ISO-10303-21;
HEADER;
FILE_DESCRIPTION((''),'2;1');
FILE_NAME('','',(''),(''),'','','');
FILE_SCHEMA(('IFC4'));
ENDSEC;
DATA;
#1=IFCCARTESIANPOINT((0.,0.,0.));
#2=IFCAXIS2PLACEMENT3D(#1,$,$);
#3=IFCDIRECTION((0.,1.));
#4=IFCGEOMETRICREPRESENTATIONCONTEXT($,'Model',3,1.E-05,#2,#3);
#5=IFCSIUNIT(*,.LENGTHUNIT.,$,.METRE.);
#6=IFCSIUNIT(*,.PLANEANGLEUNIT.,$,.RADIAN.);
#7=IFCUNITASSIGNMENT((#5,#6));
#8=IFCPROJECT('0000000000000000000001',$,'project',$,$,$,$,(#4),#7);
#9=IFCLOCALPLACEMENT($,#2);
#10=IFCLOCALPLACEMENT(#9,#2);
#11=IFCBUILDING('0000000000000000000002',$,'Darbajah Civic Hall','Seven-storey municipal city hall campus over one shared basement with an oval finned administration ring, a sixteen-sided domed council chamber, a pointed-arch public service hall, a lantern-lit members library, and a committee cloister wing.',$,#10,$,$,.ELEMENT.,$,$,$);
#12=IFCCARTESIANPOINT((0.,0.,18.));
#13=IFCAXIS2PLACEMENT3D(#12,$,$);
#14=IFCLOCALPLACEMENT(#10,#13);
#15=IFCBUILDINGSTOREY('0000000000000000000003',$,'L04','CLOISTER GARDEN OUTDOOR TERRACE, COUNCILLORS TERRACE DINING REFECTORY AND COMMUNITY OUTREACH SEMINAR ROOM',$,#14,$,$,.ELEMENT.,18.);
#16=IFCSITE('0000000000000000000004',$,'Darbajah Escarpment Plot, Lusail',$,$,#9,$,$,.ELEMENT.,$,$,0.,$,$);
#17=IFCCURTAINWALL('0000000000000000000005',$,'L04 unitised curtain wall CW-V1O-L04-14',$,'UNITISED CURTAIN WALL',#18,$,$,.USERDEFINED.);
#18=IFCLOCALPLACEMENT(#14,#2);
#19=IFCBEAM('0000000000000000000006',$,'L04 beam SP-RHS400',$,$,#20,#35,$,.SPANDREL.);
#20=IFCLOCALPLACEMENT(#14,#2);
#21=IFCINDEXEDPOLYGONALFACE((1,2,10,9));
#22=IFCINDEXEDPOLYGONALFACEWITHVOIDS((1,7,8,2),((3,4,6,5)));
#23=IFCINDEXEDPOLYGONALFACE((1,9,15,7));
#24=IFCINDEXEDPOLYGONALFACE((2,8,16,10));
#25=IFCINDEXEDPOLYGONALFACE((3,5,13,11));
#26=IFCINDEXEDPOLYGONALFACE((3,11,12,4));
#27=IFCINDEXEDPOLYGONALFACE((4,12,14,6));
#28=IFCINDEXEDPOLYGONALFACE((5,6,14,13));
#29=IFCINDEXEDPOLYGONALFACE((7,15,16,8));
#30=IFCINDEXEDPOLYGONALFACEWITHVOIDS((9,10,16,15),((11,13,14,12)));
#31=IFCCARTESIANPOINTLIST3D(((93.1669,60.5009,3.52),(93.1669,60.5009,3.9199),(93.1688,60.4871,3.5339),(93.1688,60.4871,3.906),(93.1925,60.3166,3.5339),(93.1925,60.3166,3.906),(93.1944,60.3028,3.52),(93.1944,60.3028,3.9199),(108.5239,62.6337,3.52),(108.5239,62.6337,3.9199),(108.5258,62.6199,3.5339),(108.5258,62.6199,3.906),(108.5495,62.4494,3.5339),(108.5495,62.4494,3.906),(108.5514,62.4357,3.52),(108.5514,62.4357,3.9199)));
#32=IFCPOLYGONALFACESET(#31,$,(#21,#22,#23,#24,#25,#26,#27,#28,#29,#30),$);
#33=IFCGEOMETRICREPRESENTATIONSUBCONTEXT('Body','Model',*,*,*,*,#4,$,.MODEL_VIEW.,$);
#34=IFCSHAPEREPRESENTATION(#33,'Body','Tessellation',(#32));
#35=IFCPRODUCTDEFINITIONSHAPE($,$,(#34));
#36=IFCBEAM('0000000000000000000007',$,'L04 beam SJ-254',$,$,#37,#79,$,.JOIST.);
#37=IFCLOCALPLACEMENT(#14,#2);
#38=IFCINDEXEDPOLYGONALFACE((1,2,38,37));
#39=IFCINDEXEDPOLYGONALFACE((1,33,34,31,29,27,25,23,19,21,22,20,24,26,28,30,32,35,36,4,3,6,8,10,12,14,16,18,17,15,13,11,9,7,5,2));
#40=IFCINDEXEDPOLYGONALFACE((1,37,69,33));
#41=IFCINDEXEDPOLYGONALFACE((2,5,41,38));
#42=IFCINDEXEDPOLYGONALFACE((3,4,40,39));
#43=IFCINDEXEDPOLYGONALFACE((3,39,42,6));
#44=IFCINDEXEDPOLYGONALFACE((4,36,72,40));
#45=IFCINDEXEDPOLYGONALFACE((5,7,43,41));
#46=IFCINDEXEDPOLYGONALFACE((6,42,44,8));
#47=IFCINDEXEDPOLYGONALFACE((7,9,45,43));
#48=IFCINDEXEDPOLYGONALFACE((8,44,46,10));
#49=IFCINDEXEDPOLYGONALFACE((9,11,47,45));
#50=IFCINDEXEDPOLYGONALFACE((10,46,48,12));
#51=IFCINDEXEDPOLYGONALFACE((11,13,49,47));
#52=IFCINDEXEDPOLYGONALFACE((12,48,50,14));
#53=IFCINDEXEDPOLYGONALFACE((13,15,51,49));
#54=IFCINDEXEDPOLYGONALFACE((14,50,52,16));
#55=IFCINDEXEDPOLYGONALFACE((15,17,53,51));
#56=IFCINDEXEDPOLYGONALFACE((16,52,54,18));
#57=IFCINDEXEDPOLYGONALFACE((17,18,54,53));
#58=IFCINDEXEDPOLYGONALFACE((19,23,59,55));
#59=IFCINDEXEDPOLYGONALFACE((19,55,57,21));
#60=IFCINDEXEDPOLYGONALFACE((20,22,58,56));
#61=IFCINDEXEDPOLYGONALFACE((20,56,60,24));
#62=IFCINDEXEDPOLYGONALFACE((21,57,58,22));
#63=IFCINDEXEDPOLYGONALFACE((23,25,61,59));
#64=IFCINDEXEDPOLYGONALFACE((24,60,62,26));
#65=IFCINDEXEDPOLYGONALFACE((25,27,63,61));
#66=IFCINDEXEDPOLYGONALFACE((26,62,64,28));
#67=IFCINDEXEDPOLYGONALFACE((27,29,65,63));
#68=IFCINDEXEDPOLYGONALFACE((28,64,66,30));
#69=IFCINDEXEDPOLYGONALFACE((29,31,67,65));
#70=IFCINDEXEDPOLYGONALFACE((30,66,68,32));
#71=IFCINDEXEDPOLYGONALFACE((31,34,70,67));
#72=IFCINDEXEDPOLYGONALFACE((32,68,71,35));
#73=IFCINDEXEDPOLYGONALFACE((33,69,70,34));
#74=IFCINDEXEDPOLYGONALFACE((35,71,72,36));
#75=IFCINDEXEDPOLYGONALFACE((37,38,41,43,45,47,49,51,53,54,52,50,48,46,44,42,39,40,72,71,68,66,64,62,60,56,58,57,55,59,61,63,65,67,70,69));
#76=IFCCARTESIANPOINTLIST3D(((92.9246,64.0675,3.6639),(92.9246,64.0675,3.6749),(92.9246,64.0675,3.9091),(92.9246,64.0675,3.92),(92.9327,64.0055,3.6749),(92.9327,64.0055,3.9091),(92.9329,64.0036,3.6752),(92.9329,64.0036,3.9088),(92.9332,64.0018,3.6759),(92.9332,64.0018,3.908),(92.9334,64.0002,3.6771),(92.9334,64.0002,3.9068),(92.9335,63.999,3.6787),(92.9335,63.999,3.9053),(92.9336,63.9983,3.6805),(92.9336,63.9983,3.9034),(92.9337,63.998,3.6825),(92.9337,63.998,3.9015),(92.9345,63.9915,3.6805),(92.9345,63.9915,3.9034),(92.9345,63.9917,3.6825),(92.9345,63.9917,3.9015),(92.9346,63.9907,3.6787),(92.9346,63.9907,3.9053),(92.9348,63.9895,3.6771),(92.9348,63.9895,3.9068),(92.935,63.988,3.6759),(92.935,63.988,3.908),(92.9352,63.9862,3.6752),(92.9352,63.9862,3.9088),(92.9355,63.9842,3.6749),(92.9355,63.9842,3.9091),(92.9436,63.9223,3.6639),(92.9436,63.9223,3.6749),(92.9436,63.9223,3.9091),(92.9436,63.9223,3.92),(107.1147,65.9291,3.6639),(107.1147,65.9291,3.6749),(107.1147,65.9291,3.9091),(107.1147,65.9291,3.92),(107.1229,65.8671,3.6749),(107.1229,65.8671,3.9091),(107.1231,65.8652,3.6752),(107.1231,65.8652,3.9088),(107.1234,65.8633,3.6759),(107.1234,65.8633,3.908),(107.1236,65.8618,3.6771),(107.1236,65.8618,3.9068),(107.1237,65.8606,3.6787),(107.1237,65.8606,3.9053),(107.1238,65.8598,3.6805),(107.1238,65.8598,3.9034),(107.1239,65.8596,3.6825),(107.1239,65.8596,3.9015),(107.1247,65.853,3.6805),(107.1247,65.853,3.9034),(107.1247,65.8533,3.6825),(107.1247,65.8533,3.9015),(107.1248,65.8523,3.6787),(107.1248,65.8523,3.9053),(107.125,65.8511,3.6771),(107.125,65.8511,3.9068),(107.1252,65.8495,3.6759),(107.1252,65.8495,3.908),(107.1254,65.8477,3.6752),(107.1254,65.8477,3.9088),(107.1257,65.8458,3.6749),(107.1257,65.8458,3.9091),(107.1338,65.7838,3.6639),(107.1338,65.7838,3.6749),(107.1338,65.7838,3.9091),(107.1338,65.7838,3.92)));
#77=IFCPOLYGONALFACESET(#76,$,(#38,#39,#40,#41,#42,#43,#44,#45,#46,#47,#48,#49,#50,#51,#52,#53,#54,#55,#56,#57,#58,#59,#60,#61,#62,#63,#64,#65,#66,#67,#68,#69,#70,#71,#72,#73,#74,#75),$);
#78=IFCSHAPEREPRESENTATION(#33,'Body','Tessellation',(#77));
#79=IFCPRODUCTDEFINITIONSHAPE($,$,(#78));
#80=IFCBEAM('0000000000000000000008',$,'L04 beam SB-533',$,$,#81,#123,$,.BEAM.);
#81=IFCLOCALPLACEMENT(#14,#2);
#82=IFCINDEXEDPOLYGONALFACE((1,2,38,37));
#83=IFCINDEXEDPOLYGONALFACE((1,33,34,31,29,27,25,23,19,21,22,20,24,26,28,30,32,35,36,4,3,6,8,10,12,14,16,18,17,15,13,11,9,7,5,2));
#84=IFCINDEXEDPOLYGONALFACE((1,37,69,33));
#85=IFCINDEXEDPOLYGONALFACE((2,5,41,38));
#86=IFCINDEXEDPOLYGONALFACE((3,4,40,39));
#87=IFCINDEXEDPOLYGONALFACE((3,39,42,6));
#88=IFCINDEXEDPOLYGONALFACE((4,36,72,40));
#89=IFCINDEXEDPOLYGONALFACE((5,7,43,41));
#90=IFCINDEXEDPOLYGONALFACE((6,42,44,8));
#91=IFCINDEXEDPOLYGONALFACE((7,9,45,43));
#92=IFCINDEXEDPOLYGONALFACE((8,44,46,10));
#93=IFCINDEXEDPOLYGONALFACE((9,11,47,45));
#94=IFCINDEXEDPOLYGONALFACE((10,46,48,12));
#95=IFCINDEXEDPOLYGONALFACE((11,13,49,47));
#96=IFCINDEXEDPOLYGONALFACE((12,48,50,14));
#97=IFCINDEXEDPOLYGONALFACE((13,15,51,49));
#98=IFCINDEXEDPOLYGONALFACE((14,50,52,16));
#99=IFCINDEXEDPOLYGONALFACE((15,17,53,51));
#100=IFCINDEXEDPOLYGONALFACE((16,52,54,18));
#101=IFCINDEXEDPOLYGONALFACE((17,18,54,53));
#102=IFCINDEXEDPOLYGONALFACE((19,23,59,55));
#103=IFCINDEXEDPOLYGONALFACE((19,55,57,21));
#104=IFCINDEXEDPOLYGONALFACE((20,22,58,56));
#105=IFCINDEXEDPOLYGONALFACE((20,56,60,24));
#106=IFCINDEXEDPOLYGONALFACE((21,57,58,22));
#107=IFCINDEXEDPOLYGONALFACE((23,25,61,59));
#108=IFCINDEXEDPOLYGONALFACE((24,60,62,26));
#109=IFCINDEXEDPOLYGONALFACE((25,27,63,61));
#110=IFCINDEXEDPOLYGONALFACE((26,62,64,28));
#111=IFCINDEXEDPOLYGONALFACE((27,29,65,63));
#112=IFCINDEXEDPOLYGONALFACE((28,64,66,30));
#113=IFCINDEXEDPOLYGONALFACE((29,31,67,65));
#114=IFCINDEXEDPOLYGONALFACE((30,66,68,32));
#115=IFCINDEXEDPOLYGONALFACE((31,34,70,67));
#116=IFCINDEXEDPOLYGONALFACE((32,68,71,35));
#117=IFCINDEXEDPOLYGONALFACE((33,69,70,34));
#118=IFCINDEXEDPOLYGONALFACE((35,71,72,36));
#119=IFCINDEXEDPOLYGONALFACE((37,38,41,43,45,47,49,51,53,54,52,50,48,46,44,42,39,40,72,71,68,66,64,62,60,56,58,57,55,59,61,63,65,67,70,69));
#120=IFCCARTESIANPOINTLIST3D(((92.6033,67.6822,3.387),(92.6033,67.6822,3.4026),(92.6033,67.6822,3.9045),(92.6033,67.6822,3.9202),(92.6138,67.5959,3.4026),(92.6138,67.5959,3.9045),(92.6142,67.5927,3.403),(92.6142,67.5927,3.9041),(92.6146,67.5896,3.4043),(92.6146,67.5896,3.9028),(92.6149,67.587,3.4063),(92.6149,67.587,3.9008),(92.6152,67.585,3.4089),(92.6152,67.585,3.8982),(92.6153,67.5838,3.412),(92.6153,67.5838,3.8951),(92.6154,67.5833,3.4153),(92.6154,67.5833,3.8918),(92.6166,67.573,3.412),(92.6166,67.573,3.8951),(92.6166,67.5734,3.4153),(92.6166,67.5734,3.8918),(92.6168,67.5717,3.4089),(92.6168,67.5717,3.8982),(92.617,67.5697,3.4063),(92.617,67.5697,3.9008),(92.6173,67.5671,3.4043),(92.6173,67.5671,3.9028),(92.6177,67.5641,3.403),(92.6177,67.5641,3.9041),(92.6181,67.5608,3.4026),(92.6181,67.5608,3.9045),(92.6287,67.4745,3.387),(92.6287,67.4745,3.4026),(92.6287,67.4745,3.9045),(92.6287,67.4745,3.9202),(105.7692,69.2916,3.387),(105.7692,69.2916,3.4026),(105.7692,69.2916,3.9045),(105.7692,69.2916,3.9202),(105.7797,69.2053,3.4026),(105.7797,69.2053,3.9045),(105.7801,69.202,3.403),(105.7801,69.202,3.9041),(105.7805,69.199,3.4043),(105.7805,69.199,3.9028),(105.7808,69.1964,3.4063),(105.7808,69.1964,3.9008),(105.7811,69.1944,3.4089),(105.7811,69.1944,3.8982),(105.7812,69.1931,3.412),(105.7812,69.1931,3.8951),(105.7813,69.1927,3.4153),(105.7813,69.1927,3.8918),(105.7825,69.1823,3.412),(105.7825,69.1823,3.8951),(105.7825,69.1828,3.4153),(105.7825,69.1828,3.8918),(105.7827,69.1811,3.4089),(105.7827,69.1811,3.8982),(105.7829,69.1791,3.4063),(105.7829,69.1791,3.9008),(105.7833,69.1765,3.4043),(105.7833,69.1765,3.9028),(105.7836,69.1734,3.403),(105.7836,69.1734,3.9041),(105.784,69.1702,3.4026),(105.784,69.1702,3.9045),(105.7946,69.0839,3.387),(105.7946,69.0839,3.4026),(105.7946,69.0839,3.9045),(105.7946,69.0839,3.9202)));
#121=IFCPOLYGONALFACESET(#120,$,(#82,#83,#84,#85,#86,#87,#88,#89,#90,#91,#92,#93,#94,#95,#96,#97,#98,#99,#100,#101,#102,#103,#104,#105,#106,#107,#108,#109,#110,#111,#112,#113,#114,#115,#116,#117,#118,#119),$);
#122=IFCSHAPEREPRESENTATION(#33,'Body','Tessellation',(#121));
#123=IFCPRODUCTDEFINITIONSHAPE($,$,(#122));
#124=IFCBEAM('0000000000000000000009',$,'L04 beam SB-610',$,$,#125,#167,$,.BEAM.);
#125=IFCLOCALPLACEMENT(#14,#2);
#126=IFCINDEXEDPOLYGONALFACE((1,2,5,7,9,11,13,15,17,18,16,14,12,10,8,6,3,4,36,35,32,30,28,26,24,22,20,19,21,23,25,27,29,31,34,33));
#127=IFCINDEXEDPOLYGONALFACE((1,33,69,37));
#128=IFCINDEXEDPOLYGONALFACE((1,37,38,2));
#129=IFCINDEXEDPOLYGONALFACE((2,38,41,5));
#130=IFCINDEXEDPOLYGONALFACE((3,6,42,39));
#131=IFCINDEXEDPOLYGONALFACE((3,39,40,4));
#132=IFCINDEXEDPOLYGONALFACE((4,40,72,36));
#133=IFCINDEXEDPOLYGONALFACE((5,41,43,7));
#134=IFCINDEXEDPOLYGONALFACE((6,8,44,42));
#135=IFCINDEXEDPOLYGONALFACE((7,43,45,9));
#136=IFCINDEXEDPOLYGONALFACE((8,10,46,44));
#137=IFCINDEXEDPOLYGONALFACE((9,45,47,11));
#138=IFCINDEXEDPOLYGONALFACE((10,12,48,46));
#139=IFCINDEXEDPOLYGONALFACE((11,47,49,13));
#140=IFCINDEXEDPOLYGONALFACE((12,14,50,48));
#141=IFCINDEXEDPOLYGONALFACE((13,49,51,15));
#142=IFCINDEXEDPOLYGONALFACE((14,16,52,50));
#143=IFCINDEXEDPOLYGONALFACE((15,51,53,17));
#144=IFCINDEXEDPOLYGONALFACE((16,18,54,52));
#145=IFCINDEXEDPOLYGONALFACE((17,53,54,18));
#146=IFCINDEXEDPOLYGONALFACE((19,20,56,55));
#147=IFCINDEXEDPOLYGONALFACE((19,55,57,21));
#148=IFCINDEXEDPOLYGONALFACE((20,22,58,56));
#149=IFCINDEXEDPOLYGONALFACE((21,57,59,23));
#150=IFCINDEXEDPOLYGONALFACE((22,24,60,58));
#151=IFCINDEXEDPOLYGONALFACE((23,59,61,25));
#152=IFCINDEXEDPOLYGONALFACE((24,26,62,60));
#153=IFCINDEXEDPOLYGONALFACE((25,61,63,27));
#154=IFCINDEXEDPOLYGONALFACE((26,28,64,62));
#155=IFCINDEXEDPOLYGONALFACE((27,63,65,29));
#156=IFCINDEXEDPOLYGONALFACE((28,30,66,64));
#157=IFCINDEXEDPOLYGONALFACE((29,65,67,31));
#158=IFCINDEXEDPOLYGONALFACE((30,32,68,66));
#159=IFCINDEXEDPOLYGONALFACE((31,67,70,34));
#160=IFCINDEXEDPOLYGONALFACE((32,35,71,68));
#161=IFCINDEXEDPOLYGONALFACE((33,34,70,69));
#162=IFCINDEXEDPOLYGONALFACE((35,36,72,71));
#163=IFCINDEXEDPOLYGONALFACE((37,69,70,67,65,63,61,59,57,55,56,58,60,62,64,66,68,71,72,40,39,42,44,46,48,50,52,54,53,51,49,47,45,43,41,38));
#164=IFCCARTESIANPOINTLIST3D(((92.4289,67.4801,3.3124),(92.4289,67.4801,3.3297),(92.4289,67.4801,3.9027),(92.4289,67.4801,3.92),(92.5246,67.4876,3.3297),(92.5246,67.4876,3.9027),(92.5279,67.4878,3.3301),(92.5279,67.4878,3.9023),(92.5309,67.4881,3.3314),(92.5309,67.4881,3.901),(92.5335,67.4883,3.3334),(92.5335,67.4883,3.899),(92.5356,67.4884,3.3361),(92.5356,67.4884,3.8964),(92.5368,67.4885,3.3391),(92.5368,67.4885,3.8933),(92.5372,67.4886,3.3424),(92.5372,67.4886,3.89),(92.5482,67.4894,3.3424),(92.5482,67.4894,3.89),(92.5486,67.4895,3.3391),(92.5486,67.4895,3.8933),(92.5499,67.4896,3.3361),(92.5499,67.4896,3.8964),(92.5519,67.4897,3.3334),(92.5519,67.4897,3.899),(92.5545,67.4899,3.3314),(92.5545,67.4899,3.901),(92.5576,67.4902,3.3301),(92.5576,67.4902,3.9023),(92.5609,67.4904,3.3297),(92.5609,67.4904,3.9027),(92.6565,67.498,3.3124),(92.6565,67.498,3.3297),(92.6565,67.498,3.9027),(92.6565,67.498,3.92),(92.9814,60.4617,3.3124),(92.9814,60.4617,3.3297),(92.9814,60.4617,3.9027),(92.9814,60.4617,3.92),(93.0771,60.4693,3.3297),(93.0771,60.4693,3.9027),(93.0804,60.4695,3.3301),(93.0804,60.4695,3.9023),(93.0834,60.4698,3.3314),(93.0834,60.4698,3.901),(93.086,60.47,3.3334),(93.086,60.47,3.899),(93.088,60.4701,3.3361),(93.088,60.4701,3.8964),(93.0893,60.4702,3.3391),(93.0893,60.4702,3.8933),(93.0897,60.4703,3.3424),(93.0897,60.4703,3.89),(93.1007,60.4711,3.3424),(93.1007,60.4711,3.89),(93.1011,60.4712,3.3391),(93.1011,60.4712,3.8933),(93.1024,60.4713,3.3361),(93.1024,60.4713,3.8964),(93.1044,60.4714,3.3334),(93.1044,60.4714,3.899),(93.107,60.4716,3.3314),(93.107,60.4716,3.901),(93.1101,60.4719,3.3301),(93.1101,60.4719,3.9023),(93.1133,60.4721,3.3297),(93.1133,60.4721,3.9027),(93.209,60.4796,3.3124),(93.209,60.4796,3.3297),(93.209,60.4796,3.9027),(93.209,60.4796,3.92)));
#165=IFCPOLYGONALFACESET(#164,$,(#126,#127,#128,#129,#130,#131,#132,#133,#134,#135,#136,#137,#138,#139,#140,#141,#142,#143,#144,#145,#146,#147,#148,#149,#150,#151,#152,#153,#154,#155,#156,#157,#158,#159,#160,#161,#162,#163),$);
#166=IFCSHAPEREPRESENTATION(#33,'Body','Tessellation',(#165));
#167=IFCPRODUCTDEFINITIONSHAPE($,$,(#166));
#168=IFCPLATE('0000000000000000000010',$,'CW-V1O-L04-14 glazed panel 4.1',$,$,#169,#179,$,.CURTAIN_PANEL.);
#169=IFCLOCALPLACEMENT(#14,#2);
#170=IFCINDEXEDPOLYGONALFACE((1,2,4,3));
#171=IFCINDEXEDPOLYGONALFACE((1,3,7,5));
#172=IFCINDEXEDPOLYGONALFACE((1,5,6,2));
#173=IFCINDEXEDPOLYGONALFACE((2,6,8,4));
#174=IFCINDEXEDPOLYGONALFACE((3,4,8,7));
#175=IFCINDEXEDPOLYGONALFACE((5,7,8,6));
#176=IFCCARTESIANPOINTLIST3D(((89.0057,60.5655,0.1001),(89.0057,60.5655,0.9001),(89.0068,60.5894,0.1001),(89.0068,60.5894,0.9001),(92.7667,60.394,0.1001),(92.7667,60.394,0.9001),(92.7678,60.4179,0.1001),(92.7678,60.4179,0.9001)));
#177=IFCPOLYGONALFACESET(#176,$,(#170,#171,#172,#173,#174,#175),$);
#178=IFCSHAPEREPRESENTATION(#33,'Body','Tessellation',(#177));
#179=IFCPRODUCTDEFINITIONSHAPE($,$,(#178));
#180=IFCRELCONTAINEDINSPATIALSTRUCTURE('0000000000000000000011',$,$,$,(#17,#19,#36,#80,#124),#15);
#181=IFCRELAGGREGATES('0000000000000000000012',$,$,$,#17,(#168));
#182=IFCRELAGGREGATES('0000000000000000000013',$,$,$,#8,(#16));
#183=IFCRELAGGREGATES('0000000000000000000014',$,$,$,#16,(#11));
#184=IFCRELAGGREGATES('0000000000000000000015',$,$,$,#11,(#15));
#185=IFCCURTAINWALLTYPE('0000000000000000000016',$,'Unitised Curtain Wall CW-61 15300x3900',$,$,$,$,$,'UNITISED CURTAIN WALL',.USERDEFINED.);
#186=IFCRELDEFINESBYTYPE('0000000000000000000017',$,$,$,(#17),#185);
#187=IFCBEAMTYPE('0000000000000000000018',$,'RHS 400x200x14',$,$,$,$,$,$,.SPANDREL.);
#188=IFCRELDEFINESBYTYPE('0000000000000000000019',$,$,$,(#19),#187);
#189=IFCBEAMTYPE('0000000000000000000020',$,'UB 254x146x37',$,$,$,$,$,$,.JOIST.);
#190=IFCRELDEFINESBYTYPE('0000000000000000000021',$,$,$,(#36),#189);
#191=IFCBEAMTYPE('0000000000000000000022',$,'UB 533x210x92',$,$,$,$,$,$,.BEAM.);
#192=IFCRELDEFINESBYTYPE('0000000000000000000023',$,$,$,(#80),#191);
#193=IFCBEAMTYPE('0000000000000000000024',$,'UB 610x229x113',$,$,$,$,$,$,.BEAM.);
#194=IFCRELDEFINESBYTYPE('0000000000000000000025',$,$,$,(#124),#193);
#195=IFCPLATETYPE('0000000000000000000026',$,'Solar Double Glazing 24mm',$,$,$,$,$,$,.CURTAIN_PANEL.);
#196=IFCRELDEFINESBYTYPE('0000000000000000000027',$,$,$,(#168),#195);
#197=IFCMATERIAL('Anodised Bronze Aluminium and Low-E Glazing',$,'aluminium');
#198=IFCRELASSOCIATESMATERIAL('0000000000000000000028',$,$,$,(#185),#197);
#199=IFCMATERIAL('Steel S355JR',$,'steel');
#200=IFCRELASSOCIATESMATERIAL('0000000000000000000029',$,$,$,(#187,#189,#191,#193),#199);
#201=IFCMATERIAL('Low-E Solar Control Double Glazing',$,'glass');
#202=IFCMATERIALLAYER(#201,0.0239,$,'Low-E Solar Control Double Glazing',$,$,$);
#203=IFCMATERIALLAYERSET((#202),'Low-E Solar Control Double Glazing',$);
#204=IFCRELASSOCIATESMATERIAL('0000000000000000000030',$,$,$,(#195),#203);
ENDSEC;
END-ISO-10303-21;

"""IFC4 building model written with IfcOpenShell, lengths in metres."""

from ifc_helpers import new_model, si_unit, direction, frame, origin, origin_2d, place, context, subcontext, project, spatial, rectangle, hollow_rectangle, i_section, extrude, material, layer, layer_set, material_profile, profile_set, type_object, element, aggregate, save


model = new_model("IFC4")

# Units and contexts
model_context = context("Model", 3, precision=1e-05, world=origin(), true_north=direction((0.0, 1.0)))
body_context = subcontext(model_context, "Body", "Model", "MODEL_VIEW")
ifc_project = project(units=[si_unit("LENGTHUNIT", "METRE"), si_unit("PLANEANGLEUNIT", "RADIAN")], contexts=[model_context])

# Site, building, storey
site_placement = place(None, origin())
site = spatial("IfcSite", under=ifc_project, at=site_placement, Name="Darbajah Escarpment Plot, Lusail", CompositionType="ELEMENT", RefElevation=0.0)
building_placement = place(site_placement, origin())
building = spatial("IfcBuilding", under=site, at=building_placement, Name="Darbajah Civic Hall", Description="Seven-storey municipal city hall campus over one shared basement with an oval finned administration ring, a sixteen-sided domed council chamber, a pointed-arch public service hall, a lantern-lit members library, and a committee cloister wing.", CompositionType="ELEMENT")
storey_placement = place(building_placement, frame((0.0, 0.0, 18.0)))
storey = spatial("IfcBuildingStorey", under=building, at=storey_placement, Name="L04", Description="CLOISTER GARDEN OUTDOOR TERRACE, COUNCILLORS TERRACE DINING REFECTORY AND COMMUNITY OUTREACH SEMINAR ROOM", CompositionType="ELEMENT", Elevation=18.0)

# Curtain wall
ifc_material_1 = material(Name="Anodised Bronze Aluminium and Low-E Glazing", Category="aluminium")
curtain_wall_type_1 = type_object("IfcCurtainWallType", Name="Unitised Curtain Wall CW-61 15300x3900", ElementType="UNITISED CURTAIN WALL", PredefinedType="USERDEFINED", material=ifc_material_1)
curtain_wall_1_placement = place(storey_placement, origin())
curtain_wall_1 = element("IfcCurtainWall", 1, at=curtain_wall_1_placement, inside=storey, type_object=curtain_wall_type_1, Name="L04 unitised curtain wall CW-V1O-L04-14", ObjectType="UNITISED CURTAIN WALL", PredefinedType="USERDEFINED")

# Beams
ifc_material_2 = material(Name="Steel S355JR", Category="steel")
ifc_material_profile_1 = material_profile(ifc_material_2, hollow_rectangle(XDim=0.2, YDim=0.3999, WallThickness=0.0139, at=origin_2d()), Name="RHS 400x200x14")
ifc_profile_set_1 = profile_set([ifc_material_profile_1], Name="Steel S355JR")
beam_type_1 = type_object("IfcBeamType", Name="RHS 400x200x14", PredefinedType="SPANDREL", material=ifc_profile_set_1)
beam_1_placement = place(storey_placement, frame((93.1807, 60.4019, 3.72), z_axis=(0.990493, 0.137562, 0.0), x_axis=(-0.137562, 0.990493, 0.0)))
element("IfcBeam", 2, at=beam_1_placement, inside=storey, type_object=beam_type_1, Name="L04 beam SP-RHS400", PredefinedType="SPANDREL", context=body_context, shape_type="SweptSolid", body=[
    extrude(hollow_rectangle(XDim=0.2, YDim=0.3999, WallThickness=0.0139, at=origin_2d()), origin(), (0.0, 0.0, 1.0), 15.5044),
])
ifc_material_profile_2 = material_profile(ifc_material_2, i_section(OverallWidth=0.1465, OverallDepth=0.2561, WebThickness=0.0063, FlangeThickness=0.011, FilletRadius=0.0076, at=origin_2d()), Name="UB 254x146x37")
ifc_profile_set_2 = profile_set([ifc_material_profile_2], Name="Steel S355JR")
beam_type_2 = type_object("IfcBeamType", Name="UB 254x146x37", PredefinedType="JOIST", material=ifc_profile_set_2)
beam_2_placement = place(storey_placement, frame((92.9341, 63.9949, 3.792), z_axis=(0.991504, 0.130073, 0.0), x_axis=(-0.130073, 0.991504, 0.0)))
element("IfcBeam", 3, at=beam_2_placement, inside=storey, type_object=beam_type_2, Name="L04 beam SJ-254", PredefinedType="JOIST", context=body_context, shape_type="SweptSolid", body=[
    extrude(i_section(OverallWidth=0.1465, OverallDepth=0.2561, WebThickness=0.0063, FlangeThickness=0.011, FilletRadius=0.0076, at=origin_2d()), origin(), (0.0, 0.0, 1.0), 14.3118),
])
ifc_material_profile_3 = material_profile(ifc_material_2, i_section(OverallWidth=0.2092, OverallDepth=0.5332, WebThickness=0.01, FlangeThickness=0.0156, FilletRadius=0.0127, at=origin_2d()), Name="UB 533x210x92")
ifc_profile_set_3 = profile_set([ifc_material_profile_3], Name="Steel S355JR")
beam_type_3 = type_object("IfcBeamType", Name="UB 533x210x92", PredefinedType="BEAM", material=ifc_profile_set_3)
beam_3_placement = place(storey_placement, frame((92.616, 67.5784, 3.6536), z_axis=(0.992612, 0.121334, 0.0), x_axis=(-0.121334, 0.992612, 0.0)))
element("IfcBeam", 4, at=beam_3_placement, inside=storey, type_object=beam_type_3, Name="L04 beam SB-533", PredefinedType="BEAM", context=body_context, shape_type="SweptSolid", body=[
    extrude(i_section(OverallWidth=0.2092, OverallDepth=0.5332, WebThickness=0.01, FlangeThickness=0.0156, FilletRadius=0.0127, at=origin_2d()), origin(), (0.0, 0.0, 1.0), 13.2639),
])
ifc_material_profile_4 = material_profile(ifc_material_2, i_section(OverallWidth=0.2283, OverallDepth=0.6077, WebThickness=0.011, FlangeThickness=0.0173, FilletRadius=0.0127, at=origin_2d()), Name="UB 610x229x113")
ifc_profile_set_4 = profile_set([ifc_material_profile_4], Name="Steel S355JR")
beam_type_4 = type_object("IfcBeamType", Name="UB 610x229x113", PredefinedType="BEAM", material=ifc_profile_set_4)
beam_4_placement = place(storey_placement, frame((92.5427, 67.489, 3.6162), z_axis=(0.078478, -0.996916, 0.0), x_axis=(0.996916, 0.078478, 0.0)))
element("IfcBeam", 5, at=beam_4_placement, inside=storey, type_object=beam_type_4, Name="L04 beam SB-610", PredefinedType="BEAM", context=body_context, shape_type="SweptSolid", body=[
    extrude(i_section(OverallWidth=0.2283, OverallDepth=0.6077, WebThickness=0.011, FlangeThickness=0.0173, FilletRadius=0.0127, at=origin_2d()), origin(), (0.0, 0.0, 1.0), 7.04),
])

# Plate
ifc_material_3 = material(Name="Low-E Solar Control Double Glazing", Category="glass")
ifc_layer = layer(ifc_material_3, 0.0239, Name="Low-E Solar Control Double Glazing")
ifc_layer_set = layer_set([ifc_layer], Name="Low-E Solar Control Double Glazing")
plate_type = type_object("IfcPlateType", Name="Solar Double Glazing 24mm", PredefinedType="CURTAIN_PANEL", material=ifc_layer_set)
plate_1_placement = place(storey_placement, frame((90.8867, 60.4917, 0.1001), z_axis=(0.0, 0.0, 1.0), x_axis=(0.998963, -0.045537, 0.0)))
plate_1 = element("IfcPlate", 6, at=plate_1_placement, type_object=plate_type, Name="CW-V1O-L04-14 glazed panel 4.1", PredefinedType="CURTAIN_PANEL", context=body_context, shape_type="SweptSolid", body=[
    extrude(rectangle(XDim=3.7649, YDim=0.0239, at=origin_2d()), origin(), (0.0, 0.0, 1.0), 0.8),
])
aggregate(curtain_wall_1, [plate_1])

save(model, "model.ifc")
